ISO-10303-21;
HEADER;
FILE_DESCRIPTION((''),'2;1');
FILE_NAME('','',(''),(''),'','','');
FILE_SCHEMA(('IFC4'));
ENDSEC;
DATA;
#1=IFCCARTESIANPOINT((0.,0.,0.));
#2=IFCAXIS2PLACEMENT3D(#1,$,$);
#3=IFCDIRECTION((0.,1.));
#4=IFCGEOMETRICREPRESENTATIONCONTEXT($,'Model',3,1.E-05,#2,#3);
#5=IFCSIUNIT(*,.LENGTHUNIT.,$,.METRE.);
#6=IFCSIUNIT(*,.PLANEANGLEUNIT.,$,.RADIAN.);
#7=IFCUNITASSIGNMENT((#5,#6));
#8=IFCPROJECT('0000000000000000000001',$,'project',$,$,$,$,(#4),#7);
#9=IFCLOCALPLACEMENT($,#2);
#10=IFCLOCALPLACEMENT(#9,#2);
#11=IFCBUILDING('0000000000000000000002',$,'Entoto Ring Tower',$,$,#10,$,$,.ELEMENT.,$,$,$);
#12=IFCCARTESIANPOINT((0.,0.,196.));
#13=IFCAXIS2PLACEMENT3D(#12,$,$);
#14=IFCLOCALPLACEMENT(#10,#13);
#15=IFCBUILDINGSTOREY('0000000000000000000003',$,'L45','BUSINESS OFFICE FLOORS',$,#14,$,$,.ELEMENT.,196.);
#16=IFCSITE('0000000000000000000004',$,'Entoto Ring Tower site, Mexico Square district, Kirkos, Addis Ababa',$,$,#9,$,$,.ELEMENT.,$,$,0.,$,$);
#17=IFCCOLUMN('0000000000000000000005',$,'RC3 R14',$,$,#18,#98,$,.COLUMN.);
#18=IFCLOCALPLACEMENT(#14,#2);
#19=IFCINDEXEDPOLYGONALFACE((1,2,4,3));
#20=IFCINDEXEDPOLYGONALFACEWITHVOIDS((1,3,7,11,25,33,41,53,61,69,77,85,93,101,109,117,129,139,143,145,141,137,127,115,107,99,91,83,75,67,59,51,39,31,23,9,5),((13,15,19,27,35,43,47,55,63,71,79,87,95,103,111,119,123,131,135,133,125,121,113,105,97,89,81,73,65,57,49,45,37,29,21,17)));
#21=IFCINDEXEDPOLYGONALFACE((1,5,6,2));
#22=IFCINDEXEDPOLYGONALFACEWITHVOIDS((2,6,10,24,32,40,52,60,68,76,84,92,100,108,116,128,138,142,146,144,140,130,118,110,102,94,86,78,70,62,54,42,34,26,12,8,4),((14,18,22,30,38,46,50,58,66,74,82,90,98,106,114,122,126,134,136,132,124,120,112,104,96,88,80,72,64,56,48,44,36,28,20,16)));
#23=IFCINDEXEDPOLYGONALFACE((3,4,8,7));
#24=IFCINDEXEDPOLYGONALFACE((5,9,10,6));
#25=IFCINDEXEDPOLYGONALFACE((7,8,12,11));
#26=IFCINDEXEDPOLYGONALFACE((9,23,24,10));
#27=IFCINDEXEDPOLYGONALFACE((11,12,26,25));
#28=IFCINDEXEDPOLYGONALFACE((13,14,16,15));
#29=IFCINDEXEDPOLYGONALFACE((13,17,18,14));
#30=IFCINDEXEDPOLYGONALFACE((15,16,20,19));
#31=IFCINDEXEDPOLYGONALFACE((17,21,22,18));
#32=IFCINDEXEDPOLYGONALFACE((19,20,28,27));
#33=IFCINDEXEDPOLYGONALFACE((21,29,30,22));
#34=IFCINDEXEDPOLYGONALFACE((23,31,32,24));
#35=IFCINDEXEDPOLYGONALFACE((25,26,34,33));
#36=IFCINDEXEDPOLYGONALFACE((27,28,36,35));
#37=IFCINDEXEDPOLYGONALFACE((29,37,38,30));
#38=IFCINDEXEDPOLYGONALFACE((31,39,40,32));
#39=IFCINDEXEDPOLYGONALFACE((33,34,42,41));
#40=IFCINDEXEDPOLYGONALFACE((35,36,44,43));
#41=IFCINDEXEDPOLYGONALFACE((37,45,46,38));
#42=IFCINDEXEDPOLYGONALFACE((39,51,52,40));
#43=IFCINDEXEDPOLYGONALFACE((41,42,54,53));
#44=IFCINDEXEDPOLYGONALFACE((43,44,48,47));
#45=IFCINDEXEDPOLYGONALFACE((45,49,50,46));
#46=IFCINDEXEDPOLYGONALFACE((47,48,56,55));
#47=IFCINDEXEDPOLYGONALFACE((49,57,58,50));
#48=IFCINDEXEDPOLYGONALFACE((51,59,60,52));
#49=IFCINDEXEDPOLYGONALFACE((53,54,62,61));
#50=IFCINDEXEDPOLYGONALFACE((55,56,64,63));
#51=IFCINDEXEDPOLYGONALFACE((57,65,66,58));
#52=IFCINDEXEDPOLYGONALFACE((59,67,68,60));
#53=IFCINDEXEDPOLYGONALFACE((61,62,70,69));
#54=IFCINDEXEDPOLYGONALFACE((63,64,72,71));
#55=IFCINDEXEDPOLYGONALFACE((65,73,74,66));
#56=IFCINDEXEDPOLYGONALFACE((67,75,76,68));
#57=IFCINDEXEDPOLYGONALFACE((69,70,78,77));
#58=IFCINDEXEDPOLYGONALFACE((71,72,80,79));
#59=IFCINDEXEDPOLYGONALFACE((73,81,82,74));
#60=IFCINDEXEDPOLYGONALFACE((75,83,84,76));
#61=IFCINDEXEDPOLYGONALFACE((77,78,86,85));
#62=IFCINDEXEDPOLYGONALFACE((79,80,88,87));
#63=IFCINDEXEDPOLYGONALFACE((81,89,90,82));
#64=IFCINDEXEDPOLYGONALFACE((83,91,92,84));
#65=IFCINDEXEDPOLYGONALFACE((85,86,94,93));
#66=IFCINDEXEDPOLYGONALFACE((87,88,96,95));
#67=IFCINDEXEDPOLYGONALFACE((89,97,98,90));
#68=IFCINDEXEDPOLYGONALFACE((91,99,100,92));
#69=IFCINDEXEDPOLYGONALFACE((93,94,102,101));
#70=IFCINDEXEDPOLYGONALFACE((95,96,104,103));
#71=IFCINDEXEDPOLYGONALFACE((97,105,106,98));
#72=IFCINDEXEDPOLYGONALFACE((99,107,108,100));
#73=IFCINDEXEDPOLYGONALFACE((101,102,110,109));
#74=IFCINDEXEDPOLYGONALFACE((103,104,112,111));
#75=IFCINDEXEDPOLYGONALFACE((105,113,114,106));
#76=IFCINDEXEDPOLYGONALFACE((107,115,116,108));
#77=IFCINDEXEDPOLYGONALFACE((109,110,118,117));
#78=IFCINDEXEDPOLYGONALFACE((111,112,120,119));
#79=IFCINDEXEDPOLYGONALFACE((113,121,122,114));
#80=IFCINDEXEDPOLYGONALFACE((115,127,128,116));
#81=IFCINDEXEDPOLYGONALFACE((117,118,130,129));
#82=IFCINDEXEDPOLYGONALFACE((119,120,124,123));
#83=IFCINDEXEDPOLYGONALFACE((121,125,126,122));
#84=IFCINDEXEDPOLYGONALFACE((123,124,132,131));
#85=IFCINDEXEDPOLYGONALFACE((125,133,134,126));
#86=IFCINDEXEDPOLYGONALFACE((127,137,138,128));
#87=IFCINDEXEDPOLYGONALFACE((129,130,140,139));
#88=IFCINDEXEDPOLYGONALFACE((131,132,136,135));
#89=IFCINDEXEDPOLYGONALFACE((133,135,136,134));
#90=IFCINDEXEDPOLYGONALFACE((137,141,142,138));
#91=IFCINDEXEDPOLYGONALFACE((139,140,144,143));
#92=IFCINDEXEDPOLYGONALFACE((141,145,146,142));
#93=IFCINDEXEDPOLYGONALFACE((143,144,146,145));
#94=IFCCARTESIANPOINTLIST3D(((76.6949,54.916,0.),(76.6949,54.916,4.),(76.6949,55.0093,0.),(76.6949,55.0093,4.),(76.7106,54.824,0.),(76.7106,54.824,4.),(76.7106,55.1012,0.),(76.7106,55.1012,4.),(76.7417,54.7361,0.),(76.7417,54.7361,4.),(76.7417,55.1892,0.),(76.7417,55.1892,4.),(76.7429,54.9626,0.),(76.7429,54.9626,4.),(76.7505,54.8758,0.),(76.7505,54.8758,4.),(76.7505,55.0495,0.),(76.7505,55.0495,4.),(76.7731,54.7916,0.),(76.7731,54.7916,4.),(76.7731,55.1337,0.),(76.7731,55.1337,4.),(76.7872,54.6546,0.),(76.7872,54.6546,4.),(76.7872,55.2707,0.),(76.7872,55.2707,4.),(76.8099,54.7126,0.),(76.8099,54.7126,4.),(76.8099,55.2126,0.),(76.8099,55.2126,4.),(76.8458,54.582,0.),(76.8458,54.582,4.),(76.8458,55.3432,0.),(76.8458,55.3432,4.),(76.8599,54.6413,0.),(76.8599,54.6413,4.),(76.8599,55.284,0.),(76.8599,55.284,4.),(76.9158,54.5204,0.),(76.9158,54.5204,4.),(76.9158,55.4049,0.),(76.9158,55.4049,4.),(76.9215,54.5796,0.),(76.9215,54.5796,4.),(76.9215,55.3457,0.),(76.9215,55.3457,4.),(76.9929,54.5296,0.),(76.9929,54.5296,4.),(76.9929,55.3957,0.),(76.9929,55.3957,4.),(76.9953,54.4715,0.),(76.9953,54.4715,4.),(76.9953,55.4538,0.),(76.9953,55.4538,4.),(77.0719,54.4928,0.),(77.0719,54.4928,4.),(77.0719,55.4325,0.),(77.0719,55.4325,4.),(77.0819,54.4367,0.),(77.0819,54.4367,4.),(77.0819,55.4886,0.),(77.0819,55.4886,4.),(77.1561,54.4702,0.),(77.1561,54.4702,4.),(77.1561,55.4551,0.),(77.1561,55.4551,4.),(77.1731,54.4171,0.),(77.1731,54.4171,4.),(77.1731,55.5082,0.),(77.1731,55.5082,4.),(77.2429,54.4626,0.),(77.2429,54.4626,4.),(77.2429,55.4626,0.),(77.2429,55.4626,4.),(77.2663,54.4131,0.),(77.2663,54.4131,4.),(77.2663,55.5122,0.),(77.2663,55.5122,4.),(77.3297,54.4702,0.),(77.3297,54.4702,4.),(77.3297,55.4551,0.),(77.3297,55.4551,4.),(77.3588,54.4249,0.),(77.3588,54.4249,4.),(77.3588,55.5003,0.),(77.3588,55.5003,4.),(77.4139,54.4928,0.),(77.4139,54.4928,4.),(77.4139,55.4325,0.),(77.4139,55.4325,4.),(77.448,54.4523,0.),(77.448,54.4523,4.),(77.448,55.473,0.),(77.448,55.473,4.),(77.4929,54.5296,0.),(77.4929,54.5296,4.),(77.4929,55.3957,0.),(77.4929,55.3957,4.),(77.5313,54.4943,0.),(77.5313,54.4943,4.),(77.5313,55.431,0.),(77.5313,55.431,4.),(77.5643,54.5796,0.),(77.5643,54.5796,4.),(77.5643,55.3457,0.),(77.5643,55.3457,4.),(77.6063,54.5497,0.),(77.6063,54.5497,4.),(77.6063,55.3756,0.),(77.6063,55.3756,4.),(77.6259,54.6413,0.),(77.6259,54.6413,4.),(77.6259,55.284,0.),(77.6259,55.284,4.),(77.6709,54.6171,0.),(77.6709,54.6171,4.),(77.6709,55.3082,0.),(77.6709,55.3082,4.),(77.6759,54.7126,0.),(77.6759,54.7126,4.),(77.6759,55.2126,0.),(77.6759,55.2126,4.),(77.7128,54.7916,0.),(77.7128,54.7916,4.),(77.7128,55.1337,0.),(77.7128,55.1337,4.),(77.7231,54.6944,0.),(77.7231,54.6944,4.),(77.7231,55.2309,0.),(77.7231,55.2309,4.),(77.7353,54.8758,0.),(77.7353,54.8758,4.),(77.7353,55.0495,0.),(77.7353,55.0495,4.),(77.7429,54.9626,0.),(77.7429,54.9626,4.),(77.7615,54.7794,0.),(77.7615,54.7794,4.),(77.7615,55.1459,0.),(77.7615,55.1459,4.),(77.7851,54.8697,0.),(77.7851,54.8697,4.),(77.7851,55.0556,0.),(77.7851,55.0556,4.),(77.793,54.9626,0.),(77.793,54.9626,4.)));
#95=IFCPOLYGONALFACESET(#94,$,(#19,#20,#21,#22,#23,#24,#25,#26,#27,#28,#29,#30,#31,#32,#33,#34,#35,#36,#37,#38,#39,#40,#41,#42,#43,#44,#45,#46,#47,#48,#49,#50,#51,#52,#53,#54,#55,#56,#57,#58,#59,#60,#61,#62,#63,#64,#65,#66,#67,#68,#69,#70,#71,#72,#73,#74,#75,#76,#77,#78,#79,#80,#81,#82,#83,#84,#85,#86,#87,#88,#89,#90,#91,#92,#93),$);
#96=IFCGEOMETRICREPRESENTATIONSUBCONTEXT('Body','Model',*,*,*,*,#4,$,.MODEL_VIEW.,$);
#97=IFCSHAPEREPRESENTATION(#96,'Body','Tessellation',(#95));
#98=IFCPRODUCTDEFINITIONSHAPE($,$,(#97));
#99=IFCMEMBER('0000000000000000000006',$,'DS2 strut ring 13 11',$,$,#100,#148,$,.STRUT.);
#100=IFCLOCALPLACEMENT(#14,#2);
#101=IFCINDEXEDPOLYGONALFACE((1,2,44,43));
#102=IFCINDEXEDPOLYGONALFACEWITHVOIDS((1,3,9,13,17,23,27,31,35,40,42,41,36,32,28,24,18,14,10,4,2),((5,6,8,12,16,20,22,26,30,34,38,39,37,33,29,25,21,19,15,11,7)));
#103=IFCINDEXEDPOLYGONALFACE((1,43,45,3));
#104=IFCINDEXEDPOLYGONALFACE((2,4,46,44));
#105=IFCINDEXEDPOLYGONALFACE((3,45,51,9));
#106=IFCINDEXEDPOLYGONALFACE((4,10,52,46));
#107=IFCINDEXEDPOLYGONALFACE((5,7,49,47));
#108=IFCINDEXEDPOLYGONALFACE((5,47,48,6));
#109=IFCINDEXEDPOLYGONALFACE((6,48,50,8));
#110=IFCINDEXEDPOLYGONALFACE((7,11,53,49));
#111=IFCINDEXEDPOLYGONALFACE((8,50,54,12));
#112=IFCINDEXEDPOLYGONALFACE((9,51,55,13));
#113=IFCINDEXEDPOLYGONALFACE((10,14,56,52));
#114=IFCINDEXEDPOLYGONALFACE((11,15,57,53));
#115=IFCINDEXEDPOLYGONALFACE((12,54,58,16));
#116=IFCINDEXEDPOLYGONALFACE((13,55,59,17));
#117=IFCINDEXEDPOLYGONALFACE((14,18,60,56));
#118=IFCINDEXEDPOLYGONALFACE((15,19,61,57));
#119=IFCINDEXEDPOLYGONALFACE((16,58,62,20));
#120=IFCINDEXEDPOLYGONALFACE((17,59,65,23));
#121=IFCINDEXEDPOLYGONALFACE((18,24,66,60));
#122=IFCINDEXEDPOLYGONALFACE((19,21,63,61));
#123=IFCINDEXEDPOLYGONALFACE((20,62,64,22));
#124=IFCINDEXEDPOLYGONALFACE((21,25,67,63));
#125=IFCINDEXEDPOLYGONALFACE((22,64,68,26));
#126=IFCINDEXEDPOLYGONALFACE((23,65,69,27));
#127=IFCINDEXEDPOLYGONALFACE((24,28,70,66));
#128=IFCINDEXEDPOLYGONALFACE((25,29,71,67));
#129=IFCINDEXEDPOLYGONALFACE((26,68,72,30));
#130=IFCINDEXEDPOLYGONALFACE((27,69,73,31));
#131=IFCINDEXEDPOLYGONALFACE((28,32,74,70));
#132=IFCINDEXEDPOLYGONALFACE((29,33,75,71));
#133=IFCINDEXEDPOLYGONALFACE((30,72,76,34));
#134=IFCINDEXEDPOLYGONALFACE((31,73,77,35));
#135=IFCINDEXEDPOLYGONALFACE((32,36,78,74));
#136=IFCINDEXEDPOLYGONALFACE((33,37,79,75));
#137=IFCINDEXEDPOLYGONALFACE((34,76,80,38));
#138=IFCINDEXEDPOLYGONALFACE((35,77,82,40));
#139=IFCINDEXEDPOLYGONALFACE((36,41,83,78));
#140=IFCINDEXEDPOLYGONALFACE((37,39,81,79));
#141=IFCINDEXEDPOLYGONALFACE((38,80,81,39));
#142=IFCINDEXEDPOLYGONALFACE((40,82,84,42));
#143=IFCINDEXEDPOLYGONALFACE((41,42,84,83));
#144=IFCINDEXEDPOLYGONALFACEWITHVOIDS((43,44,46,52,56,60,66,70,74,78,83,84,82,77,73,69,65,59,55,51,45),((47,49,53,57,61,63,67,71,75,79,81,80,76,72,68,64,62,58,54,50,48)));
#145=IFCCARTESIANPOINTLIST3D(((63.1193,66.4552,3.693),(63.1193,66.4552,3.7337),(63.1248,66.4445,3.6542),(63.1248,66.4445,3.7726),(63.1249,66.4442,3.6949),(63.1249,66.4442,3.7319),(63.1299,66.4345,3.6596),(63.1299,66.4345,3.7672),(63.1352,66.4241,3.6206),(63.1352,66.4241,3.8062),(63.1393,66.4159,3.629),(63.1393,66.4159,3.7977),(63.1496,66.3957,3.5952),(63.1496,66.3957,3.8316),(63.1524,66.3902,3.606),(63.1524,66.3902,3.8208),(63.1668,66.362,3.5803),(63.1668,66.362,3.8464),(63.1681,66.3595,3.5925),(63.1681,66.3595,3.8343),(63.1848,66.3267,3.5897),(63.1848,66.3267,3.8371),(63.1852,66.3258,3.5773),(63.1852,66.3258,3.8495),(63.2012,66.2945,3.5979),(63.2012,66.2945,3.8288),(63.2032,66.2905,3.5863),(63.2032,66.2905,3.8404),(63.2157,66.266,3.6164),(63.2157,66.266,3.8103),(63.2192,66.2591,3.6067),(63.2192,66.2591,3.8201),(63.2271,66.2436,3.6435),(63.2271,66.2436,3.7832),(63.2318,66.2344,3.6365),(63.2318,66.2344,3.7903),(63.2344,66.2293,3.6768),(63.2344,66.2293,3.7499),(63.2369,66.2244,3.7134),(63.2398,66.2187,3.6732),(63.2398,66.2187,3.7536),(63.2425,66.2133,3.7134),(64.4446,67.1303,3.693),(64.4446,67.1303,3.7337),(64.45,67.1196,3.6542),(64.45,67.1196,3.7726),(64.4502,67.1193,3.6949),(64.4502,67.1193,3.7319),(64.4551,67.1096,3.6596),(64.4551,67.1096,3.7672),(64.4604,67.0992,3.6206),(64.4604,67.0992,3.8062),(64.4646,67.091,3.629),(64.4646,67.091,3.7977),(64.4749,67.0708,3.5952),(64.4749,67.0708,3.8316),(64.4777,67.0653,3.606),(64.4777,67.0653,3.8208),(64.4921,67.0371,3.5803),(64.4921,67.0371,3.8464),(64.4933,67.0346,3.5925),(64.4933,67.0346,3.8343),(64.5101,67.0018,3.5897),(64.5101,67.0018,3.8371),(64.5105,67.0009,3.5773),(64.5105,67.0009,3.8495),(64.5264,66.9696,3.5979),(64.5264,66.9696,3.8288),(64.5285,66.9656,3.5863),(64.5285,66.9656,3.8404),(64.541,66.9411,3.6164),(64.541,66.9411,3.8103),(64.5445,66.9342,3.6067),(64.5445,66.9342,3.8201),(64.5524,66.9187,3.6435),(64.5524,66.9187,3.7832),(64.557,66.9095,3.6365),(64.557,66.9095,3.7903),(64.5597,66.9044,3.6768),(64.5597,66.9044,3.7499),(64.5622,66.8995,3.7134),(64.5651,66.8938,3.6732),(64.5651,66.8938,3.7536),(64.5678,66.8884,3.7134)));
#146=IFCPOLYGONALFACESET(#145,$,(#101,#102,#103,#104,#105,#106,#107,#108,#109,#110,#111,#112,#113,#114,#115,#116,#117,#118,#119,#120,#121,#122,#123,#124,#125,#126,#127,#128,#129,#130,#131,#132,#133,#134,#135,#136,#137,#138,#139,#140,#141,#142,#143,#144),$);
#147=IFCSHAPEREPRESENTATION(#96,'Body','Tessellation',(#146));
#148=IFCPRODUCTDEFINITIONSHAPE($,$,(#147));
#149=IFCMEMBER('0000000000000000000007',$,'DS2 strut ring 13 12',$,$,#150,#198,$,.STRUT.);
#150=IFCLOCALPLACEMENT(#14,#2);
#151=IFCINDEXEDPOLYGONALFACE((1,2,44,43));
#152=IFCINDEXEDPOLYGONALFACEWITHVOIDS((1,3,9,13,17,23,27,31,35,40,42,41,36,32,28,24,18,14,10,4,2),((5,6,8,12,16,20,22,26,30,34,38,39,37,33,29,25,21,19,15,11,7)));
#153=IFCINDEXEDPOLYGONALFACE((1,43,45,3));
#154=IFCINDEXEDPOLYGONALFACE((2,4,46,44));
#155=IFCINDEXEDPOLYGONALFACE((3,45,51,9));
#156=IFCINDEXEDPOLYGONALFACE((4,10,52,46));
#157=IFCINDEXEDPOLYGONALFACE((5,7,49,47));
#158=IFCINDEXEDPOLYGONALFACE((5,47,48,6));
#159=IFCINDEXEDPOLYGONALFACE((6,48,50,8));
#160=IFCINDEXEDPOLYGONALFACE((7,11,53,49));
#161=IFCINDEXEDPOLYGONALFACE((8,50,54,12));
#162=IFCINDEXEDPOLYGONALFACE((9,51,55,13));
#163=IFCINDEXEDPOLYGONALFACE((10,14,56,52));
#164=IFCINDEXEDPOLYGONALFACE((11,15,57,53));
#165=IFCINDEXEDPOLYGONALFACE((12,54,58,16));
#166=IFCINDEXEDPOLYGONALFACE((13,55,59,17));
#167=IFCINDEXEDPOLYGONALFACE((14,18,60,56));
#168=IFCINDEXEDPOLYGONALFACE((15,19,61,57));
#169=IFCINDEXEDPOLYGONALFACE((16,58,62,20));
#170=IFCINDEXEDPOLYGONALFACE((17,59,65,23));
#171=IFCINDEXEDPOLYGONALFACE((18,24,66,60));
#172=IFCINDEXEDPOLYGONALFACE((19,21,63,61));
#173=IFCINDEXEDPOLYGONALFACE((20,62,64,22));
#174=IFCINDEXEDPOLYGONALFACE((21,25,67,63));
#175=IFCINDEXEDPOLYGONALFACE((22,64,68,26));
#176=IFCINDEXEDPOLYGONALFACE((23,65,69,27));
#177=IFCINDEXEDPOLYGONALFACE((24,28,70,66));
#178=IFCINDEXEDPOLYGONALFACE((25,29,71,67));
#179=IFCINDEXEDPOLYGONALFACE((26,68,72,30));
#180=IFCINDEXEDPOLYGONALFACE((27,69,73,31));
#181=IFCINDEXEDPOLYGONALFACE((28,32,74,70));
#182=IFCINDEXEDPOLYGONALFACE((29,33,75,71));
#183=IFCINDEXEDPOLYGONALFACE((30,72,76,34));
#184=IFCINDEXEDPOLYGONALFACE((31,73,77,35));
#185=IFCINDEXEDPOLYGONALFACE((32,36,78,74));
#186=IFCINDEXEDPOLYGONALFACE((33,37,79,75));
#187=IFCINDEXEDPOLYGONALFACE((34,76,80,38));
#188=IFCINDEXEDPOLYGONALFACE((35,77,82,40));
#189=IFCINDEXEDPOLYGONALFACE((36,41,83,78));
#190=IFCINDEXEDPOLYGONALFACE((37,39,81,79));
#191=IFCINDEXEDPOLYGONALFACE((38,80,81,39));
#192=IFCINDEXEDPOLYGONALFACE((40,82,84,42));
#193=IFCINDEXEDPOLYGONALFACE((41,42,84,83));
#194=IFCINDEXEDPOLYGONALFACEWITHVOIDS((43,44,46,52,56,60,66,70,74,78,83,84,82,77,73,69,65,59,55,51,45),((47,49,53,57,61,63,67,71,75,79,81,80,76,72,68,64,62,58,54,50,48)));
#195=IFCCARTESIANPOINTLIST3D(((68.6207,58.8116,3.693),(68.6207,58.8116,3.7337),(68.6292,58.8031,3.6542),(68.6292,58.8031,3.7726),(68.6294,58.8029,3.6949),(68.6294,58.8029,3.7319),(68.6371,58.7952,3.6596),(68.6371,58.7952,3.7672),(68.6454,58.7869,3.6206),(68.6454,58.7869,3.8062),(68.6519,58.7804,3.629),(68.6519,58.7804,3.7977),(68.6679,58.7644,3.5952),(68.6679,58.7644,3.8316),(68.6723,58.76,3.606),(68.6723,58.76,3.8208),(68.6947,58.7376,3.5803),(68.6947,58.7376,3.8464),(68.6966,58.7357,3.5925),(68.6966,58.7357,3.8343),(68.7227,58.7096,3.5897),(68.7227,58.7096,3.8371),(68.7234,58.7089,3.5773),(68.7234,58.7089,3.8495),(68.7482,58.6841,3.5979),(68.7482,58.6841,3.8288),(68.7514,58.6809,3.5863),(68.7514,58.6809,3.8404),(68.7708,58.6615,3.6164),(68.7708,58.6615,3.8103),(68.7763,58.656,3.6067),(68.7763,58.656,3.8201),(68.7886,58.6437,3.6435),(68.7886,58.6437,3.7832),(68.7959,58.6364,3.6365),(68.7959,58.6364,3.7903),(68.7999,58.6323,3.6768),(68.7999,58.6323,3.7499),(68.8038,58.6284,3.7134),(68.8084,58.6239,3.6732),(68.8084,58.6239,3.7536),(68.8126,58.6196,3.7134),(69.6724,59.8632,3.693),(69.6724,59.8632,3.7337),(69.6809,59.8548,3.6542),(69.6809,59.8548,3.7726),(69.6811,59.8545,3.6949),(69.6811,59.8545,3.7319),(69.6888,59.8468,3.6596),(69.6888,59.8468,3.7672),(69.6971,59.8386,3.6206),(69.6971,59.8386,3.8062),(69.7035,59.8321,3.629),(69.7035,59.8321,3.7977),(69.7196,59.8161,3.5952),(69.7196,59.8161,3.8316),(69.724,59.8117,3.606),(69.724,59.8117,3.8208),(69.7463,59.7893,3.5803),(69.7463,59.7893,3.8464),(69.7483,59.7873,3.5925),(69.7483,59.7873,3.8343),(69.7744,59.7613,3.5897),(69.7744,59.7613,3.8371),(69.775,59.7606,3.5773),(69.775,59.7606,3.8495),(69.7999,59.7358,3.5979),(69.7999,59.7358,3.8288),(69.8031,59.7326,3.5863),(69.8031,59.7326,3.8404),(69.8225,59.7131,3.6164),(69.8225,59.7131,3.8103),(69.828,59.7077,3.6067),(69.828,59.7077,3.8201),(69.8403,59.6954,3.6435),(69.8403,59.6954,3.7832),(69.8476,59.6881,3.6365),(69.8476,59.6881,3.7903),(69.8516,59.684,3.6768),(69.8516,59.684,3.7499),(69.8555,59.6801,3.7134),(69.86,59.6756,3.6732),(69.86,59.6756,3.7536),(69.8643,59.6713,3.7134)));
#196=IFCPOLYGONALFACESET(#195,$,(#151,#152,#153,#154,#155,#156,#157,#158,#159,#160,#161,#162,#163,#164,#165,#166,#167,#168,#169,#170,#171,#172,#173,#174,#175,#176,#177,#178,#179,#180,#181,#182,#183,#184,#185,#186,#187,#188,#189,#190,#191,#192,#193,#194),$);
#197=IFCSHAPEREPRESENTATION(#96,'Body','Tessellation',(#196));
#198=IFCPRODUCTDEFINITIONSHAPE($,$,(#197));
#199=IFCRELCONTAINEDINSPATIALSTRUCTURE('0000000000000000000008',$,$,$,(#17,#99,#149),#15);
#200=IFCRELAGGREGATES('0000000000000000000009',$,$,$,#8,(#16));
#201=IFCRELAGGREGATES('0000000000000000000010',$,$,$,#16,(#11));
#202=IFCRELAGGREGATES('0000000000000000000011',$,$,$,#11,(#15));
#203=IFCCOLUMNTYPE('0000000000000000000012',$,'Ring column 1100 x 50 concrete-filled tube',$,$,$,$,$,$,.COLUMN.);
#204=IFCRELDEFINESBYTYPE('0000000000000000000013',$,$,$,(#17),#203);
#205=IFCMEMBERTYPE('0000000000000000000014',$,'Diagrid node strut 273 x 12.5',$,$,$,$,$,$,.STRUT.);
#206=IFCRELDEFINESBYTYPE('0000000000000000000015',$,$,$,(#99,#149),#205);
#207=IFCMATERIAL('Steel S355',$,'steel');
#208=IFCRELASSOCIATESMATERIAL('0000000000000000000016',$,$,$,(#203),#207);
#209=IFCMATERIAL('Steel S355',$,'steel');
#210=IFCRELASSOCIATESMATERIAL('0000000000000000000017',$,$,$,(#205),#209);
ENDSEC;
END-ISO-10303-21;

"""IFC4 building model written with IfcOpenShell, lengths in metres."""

from ifc_helpers import new_model, si_unit, direction, frame, origin, origin_2d, place, context, subcontext, project, spatial, circle, hollow_circle, extrude, material, material_profile, profile_set, type_object, element, save


model = new_model("IFC4")

# Units and contexts
model_context = context("Model", 3, precision=1e-05, world=origin(), true_north=direction((0.0, 1.0)))
body_context = subcontext(model_context, "Body", "Model", "MODEL_VIEW")
ifc_project = project(units=[si_unit("LENGTHUNIT", "METRE"), si_unit("PLANEANGLEUNIT", "RADIAN")], contexts=[model_context])

# Site, building, storey
site_placement = place(None, origin())
site = spatial("IfcSite", under=ifc_project, at=site_placement, Name="Entoto Ring Tower site, Mexico Square district, Kirkos, Addis Ababa", CompositionType="ELEMENT", RefElevation=0.0)
building_placement = place(site_placement, origin())
building = spatial("IfcBuilding", under=site, at=building_placement, Name="Entoto Ring Tower", CompositionType="ELEMENT")
storey_placement = place(building_placement, frame((0.0, 0.0, 196.0)))
storey = spatial("IfcBuildingStorey", under=building, at=storey_placement, Name="L45", Description="BUSINESS OFFICE FLOORS", CompositionType="ELEMENT", Elevation=196.0)

# Column
ifc_material_1 = material(Name="Steel S355", Category="steel")
ifc_material_profile_1 = material_profile(ifc_material_1, hollow_circle(Radius=0.55, WallThickness=0.05, at=origin_2d()), Name="CHS 1100 x 50")
ifc_material_2 = material(Name="Concrete C60/75", Category="concrete")
ifc_material_profile_2 = material_profile(ifc_material_2, circle(Radius=0.5, at=origin_2d()), Name="Concrete C60/75 infill")
ifc_profile_set_1 = profile_set([ifc_material_profile_1, ifc_material_profile_2], Name="Steel S355")
column_type = type_object("IfcColumnType", Name="Ring column 1100 x 50 concrete-filled tube", PredefinedType="COLUMN", material=ifc_profile_set_1)
for number, where, z_axis, x_axis, name in (
    (1, (77.2429, 54.9626, 0.0), (0.0, 0.0, 1.0), (1.0, 0.0, 0.0), "RC3 R14"),
):
    element("IfcColumn", number, at=place(storey_placement, frame(where, z_axis=z_axis, x_axis=x_axis)), inside=storey, type_object=column_type, Name=name, PredefinedType="COLUMN", context=body_context, shape_type="SweptSolid", body=[
        extrude(hollow_circle(Radius=0.55, WallThickness=0.05, at=origin_2d()), origin(), (0.0, 0.0, 1.0), 4.0),
    ])

# Members
ifc_material_3 = material(Name="Steel S355", Category="steel")
ifc_material_profile_3 = material_profile(ifc_material_3, hollow_circle(Radius=0.1365, WallThickness=0.0125, at=origin_2d()), Name="CHS 273 x 12.5")
ifc_material_4 = material(Name="Concrete C60/75", Category="concrete")
ifc_material_profile_4 = material_profile(ifc_material_4, circle(Radius=0.124, at=origin_2d()), Name="Concrete C60/75 infill")
ifc_profile_set_2 = profile_set([ifc_material_profile_3, ifc_material_profile_4], Name="Steel S355")
member_type = type_object("IfcMemberType", Name="Diagrid node strut 273 x 12.5", PredefinedType="STRUT", material=ifc_profile_set_2)
for number, where, z_axis, x_axis, name in (
    (2, (64.5059, 67.01, 3.7134), (-0.891053, -0.453899, 0.0), (0.453899, -0.891053, 0.0), "DS2 strut ring 13 11"),
    (3, (69.7678, 59.7678, 3.7134), (-0.707107, -0.707107, 0.0), (0.707107, -0.707107, 0.0), "DS2 strut ring 13 12"),
):
    element("IfcMember", number, at=place(storey_placement, frame(where, z_axis=z_axis, x_axis=x_axis)), inside=storey, type_object=member_type, Name=name, PredefinedType="STRUT", context=body_context, shape_type="SweptSolid", body=[
        extrude(hollow_circle(Radius=0.1365, WallThickness=0.0125, at=origin_2d()), origin(), (0.0, 0.0, 1.0), 1.4873),
    ])

save(model, "model.ifc")
